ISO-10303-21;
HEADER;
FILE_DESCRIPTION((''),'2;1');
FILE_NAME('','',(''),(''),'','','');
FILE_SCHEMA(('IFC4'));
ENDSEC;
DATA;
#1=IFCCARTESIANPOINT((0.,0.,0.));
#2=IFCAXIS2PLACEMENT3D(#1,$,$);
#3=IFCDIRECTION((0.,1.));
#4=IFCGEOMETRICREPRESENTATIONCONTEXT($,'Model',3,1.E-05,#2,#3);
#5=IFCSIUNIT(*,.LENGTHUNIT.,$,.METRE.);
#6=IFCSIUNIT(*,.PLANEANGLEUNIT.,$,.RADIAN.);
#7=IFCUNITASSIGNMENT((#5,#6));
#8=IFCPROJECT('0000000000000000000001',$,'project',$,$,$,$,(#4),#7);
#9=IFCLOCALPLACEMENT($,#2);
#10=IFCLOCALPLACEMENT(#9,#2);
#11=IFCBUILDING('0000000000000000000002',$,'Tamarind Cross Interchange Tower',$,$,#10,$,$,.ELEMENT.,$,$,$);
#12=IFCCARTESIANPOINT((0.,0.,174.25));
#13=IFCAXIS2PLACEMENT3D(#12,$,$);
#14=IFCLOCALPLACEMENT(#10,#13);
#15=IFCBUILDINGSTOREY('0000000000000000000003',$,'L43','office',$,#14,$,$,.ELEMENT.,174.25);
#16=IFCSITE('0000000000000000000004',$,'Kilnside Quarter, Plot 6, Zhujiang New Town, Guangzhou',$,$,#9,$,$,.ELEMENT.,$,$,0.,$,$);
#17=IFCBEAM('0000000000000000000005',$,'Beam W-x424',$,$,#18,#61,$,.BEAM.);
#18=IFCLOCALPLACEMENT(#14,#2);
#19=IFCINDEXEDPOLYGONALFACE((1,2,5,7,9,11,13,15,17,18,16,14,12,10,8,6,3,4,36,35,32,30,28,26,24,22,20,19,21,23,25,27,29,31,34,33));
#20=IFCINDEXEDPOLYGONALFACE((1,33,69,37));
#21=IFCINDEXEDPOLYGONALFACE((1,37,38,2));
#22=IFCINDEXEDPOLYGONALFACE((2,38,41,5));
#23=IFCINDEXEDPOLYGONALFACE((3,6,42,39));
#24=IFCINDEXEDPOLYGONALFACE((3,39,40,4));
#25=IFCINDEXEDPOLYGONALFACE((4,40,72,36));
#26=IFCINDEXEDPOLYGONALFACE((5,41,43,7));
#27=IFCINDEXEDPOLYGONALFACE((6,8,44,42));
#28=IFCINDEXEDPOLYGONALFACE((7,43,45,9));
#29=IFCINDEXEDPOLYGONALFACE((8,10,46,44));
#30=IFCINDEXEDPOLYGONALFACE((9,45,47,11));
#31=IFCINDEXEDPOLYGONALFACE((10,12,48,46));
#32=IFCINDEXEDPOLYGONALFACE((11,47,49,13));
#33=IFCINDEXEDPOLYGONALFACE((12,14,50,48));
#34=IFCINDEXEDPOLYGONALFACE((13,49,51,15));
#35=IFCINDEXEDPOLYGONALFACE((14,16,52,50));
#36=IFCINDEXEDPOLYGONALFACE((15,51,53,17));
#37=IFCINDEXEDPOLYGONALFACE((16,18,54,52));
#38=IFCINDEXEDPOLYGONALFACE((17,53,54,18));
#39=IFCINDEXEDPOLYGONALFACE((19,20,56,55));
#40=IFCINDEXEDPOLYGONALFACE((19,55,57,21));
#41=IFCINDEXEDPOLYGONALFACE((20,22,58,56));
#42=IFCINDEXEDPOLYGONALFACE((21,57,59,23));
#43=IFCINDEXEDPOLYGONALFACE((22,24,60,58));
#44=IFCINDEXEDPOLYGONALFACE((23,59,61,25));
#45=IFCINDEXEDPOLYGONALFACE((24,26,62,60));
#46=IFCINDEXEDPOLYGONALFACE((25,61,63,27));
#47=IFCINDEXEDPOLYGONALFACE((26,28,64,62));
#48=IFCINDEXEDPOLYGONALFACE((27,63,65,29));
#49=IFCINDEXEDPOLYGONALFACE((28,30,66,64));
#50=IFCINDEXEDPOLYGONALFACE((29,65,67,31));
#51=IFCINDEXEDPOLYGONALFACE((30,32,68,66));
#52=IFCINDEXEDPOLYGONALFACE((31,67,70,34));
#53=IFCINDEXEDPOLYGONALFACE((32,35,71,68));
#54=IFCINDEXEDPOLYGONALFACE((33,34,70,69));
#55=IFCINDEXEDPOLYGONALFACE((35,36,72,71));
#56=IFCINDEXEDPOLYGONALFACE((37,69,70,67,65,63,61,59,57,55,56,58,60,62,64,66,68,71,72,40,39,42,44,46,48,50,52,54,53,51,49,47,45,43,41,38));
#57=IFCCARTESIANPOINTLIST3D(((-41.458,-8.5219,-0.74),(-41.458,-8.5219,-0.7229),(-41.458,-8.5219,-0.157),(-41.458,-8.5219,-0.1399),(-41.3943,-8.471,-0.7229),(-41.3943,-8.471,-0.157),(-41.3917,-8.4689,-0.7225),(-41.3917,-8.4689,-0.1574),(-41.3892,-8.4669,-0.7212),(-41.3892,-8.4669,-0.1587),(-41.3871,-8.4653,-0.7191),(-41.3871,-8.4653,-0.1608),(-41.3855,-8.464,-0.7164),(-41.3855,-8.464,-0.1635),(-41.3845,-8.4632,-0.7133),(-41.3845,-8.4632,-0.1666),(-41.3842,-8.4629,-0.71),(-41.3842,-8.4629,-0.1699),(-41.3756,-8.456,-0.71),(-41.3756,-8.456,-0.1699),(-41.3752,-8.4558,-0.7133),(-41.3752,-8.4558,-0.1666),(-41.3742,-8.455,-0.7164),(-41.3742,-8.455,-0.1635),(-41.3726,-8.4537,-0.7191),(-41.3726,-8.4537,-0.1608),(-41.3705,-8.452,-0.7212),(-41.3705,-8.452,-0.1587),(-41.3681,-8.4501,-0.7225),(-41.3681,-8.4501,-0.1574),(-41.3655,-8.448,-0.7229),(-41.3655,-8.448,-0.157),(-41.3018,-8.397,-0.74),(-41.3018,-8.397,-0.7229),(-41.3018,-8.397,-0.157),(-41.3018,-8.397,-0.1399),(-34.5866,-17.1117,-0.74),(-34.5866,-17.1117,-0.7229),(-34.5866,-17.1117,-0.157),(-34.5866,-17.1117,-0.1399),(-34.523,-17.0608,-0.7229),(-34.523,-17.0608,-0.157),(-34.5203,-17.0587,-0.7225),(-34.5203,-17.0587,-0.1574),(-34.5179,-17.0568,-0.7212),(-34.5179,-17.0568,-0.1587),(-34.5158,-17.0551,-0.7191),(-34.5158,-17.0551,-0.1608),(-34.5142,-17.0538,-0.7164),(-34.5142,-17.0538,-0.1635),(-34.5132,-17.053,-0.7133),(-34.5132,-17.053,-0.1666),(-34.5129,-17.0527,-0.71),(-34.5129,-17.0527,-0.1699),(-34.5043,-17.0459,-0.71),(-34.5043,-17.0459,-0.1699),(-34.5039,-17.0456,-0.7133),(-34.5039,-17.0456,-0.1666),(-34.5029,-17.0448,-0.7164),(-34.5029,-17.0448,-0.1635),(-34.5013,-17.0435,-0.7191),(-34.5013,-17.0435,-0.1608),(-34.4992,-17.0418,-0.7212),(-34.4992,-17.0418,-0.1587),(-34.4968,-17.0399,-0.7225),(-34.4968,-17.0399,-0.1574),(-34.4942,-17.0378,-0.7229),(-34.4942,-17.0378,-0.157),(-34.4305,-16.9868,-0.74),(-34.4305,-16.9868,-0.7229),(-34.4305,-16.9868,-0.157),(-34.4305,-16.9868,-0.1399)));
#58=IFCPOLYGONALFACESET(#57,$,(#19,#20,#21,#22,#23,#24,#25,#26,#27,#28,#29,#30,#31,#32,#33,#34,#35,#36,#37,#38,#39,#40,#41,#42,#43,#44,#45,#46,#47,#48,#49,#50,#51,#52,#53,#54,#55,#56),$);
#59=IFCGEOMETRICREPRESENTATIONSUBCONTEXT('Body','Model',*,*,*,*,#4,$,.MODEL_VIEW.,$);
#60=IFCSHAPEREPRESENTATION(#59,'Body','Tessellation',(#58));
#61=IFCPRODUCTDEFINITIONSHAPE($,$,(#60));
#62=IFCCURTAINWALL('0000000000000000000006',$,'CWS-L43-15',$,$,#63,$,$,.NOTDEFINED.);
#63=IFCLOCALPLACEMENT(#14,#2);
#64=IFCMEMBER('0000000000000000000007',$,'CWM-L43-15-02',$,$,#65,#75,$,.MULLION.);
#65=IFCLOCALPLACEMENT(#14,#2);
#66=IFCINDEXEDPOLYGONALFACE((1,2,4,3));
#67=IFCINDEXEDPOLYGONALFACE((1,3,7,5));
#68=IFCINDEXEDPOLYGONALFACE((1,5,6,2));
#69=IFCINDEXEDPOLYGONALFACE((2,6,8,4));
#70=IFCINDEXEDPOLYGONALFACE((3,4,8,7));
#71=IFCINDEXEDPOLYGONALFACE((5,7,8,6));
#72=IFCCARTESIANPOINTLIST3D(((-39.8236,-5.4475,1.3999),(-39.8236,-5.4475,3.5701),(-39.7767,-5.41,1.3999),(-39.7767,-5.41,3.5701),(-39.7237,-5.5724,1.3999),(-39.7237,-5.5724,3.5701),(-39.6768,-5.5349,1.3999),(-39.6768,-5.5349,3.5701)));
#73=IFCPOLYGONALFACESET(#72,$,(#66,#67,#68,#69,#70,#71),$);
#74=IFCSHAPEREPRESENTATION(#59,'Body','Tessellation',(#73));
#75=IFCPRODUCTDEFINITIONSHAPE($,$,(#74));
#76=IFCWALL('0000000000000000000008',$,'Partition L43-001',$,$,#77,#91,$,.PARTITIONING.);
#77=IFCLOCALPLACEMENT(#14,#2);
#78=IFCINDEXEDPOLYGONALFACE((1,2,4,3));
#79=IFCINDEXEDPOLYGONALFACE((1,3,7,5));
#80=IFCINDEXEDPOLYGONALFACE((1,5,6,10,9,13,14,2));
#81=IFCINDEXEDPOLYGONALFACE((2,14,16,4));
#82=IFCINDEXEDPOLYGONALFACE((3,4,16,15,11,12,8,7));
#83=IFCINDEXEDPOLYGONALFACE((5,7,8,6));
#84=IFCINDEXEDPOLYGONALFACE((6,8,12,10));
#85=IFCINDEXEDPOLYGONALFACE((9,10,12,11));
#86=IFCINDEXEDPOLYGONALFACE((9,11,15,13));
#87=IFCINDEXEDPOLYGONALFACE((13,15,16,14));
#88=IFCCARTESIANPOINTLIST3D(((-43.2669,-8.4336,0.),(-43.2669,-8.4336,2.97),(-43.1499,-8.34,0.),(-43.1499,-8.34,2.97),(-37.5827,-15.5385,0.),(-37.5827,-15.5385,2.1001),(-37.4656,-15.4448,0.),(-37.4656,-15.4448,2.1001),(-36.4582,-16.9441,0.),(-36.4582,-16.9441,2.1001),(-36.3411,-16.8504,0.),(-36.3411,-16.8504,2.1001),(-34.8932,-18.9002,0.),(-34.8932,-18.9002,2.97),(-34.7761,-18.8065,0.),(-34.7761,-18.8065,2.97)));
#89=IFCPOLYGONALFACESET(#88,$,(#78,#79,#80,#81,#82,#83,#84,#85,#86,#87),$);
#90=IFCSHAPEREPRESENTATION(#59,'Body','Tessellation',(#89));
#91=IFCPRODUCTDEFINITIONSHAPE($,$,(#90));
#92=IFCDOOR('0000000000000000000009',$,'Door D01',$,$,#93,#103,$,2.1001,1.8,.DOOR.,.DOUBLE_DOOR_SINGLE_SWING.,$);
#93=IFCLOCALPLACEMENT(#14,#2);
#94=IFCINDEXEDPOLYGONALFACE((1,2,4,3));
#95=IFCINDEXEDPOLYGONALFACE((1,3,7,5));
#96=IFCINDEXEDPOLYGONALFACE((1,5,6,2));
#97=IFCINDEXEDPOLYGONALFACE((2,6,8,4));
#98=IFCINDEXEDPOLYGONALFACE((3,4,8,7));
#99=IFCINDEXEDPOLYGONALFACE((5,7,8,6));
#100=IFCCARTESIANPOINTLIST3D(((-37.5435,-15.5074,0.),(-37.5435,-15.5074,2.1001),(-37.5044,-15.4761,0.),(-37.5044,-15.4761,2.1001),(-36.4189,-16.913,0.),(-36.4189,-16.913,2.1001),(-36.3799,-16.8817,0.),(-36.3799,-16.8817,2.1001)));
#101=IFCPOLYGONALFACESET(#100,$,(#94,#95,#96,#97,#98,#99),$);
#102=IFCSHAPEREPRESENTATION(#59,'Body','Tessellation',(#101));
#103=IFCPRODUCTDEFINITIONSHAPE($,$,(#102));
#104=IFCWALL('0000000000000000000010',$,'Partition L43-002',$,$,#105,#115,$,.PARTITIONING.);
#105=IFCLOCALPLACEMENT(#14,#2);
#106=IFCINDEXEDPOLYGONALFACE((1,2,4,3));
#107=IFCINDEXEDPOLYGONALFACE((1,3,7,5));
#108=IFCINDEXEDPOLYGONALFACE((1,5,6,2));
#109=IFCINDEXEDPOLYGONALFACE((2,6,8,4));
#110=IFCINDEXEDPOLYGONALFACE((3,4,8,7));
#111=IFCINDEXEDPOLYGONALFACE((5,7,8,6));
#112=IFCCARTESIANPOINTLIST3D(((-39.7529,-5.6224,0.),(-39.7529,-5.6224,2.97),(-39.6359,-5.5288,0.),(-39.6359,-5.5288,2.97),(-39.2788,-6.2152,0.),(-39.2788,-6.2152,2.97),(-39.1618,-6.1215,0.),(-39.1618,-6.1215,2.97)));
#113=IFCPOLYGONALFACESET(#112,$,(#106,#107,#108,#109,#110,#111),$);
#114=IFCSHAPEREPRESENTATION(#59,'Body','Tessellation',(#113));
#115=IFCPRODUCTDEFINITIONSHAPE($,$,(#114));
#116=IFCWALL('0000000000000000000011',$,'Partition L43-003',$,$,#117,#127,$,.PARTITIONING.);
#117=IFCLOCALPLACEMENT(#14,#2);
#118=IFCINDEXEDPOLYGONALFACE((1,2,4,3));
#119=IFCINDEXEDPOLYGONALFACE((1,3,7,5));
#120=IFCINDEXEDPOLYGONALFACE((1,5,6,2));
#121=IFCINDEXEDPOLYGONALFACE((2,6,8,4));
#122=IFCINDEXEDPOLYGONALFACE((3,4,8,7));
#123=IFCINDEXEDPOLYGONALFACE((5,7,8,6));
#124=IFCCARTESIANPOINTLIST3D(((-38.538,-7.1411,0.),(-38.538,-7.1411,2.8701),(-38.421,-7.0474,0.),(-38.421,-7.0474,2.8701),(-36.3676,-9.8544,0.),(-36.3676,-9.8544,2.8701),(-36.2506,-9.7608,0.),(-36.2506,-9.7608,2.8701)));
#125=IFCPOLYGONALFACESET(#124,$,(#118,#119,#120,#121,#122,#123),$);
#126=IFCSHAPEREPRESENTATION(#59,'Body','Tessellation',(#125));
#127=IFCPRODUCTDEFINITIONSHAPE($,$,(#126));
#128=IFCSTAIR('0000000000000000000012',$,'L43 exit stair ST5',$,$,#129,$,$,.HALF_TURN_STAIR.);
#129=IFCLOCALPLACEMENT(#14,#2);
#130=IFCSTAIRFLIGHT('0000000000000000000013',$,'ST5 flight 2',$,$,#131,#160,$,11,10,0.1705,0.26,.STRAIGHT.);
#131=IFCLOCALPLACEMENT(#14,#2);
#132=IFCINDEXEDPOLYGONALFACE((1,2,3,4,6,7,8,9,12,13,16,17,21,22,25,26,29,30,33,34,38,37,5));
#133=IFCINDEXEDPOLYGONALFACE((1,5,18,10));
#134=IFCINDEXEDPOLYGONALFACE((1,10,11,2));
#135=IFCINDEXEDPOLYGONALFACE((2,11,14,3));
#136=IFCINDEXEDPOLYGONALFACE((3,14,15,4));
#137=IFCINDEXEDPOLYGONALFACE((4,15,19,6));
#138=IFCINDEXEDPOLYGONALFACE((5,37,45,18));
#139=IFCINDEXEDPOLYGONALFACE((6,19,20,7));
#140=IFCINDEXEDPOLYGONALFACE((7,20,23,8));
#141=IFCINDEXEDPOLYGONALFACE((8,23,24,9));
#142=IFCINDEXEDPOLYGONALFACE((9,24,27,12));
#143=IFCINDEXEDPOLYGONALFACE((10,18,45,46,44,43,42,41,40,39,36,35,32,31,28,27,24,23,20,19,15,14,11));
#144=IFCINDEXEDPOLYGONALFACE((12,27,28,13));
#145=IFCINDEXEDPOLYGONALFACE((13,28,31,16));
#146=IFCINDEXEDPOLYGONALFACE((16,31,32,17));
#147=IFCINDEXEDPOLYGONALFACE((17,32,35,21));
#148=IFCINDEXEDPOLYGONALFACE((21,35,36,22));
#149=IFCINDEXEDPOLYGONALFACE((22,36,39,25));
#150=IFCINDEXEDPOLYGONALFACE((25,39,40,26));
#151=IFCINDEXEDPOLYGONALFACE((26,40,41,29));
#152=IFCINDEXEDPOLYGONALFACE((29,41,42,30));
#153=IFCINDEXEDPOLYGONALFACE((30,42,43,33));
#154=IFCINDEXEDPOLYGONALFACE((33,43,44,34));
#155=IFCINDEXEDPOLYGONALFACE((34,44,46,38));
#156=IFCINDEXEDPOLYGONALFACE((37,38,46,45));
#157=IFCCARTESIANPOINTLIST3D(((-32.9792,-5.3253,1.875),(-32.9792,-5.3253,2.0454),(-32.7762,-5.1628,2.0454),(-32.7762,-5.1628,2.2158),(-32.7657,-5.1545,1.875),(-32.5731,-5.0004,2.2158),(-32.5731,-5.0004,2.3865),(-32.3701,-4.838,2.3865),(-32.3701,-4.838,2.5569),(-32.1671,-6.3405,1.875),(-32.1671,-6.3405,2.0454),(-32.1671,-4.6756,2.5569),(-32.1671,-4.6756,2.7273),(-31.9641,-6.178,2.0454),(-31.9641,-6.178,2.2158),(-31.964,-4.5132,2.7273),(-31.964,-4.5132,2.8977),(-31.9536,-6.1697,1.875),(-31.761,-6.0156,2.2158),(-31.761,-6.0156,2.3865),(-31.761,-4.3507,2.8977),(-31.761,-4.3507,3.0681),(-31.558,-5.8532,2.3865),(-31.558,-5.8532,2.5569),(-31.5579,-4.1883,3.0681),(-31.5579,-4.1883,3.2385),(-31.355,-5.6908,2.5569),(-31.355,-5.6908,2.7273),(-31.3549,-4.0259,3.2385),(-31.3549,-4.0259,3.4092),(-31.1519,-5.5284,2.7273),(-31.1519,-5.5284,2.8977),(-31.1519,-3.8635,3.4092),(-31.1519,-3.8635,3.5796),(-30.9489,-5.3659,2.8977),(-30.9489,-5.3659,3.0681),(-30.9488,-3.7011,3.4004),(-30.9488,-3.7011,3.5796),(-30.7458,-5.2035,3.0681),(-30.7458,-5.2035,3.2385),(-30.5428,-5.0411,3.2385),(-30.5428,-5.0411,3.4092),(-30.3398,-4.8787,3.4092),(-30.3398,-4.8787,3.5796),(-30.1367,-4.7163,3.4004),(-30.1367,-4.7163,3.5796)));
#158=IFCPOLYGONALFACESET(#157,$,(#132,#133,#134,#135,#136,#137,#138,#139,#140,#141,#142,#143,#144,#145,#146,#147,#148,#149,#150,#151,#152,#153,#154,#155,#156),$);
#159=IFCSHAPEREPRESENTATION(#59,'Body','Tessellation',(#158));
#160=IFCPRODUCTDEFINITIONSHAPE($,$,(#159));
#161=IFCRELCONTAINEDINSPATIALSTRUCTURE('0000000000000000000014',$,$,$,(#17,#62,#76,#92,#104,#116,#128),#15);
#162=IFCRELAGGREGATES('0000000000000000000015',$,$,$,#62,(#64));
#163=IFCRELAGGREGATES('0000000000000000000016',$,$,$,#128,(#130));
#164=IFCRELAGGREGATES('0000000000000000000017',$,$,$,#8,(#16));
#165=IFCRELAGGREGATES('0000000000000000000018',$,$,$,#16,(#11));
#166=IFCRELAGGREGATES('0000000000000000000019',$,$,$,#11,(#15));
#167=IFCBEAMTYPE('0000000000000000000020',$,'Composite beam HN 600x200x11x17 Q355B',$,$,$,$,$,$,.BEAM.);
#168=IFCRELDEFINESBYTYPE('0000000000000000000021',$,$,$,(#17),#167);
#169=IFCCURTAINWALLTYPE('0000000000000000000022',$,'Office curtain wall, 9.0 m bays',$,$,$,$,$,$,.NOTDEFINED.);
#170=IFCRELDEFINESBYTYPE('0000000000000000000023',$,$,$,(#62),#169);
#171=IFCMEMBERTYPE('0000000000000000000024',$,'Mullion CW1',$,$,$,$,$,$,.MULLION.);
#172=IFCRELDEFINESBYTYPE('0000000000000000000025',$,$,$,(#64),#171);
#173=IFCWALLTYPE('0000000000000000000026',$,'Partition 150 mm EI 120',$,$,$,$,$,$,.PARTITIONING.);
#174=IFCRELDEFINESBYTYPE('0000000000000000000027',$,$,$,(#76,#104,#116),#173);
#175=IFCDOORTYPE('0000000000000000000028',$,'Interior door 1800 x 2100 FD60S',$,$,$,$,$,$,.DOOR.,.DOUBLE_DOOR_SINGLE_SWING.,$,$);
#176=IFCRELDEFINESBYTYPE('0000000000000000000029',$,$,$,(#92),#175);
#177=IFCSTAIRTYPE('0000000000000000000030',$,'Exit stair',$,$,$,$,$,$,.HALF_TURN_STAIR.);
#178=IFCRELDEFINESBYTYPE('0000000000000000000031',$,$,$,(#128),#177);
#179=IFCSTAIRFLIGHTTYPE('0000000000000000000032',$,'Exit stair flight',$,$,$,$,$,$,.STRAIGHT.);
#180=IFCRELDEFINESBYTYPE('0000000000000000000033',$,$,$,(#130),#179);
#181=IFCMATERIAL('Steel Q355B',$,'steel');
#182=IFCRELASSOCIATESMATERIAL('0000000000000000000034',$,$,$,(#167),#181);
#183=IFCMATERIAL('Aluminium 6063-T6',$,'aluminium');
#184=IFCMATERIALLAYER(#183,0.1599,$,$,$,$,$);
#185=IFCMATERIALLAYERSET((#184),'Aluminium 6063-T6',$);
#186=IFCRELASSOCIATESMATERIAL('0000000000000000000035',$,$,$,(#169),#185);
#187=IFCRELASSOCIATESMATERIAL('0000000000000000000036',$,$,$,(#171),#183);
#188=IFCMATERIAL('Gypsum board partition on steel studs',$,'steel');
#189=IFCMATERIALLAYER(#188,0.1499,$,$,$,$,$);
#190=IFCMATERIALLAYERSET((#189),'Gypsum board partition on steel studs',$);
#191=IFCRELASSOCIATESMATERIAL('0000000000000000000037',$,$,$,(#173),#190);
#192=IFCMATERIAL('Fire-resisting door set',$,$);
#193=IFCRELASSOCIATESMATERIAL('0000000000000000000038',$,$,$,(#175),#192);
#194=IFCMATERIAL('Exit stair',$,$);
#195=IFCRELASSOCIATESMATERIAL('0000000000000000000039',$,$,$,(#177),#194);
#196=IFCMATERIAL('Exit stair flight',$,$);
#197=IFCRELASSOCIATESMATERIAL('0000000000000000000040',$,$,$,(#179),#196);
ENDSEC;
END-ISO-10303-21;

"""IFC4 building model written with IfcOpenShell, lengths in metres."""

from ifc_helpers import new_model, si_unit, direction, frame, frame_2d, origin, origin_2d, place, context, subcontext, project, spatial, polyline, rectangle, i_section, outline, extrude, material, layer, layer_set, material_profile, profile_set, type_object, element, fill, aggregate, save


model = new_model("IFC4")

# Units and contexts
model_context = context("Model", 3, precision=1e-05, world=origin(), true_north=direction((0.0, 1.0)))
body_context = subcontext(model_context, "Body", "Model", "MODEL_VIEW")
ifc_project = project(units=[si_unit("LENGTHUNIT", "METRE"), si_unit("PLANEANGLEUNIT", "RADIAN")], contexts=[model_context])

# Site, building, storey
site_placement = place(None, origin())
site = spatial("IfcSite", under=ifc_project, at=site_placement, Name="Kilnside Quarter, Plot 6, Zhujiang New Town, Guangzhou", CompositionType="ELEMENT", RefElevation=0.0)
building_placement = place(site_placement, origin())
building = spatial("IfcBuilding", under=site, at=building_placement, Name="Tamarind Cross Interchange Tower", CompositionType="ELEMENT")
storey_placement = place(building_placement, frame((0.0, 0.0, 174.25)))
storey = spatial("IfcBuildingStorey", under=building, at=storey_placement, Name="L43", Description="office", CompositionType="ELEMENT", Elevation=174.25)

# Beam
ifc_material_1 = material(Name="Steel Q355B", Category="steel")
ifc_material_profile_1 = material_profile(ifc_material_1, i_section(OverallWidth=0.2, OverallDepth=0.6001, WebThickness=0.011, FlangeThickness=0.0171, FilletRadius=0.0129, at=origin_2d()), Name="HN 600x200x11x17")
ifc_profile_set_1 = profile_set([ifc_material_profile_1], Name="Steel Q355B")
beam_type_1 = type_object("IfcBeamType", Name="Composite beam HN 600x200x11x17 Q355B", PredefinedType="BEAM", material=ifc_profile_set_1)
for number, where, z_axis, x_axis, name in (
    (1, (-41.3799, -8.4595, -0.4399), (0.624665, -0.780893, 0.0), (0.780893, 0.624665, 0.0), "Beam W-x424"),
):
    element("IfcBeam", number, at=place(storey_placement, frame(where, z_axis=z_axis, x_axis=x_axis)), inside=storey, type_object=beam_type_1, Name=name, PredefinedType="BEAM", context=body_context, shape_type="SweptSolid", body=[
        extrude(i_section(OverallWidth=0.2, OverallDepth=0.6001, WebThickness=0.011, FlangeThickness=0.0171, FilletRadius=0.0129, at=origin_2d()), origin(), (0.0, 0.0, 1.0), 11.0),
    ])

# Curtain wall, member
ifc_material_2 = material(Name="Aluminium 6063-T6", Category="aluminium")
ifc_layer_1 = layer(ifc_material_2, 0.1599)
ifc_layer_set_1 = layer_set([ifc_layer_1], Name="Aluminium 6063-T6")
curtain_wall_type = type_object("IfcCurtainWallType", Name="Office curtain wall, 9.0 m bays", PredefinedType="NOTDEFINED", material=ifc_layer_set_1)
curtain_wall_placement = place(storey_placement, origin())
curtain_wall = element("IfcCurtainWall", 2, at=curtain_wall_placement, inside=storey, type_object=curtain_wall_type, Name="CWS-L43-15", PredefinedType="NOTDEFINED")
ifc_material_profile_2 = material_profile(ifc_material_2, rectangle(XDim=0.0601, YDim=0.1599, at=origin_2d()), Name="Mullion CW1")
ifc_profile_set_2 = profile_set([ifc_material_profile_2], Name="Aluminium 6063-T6")
member_type = type_object("IfcMemberType", Name="Mullion CW1", PredefinedType="MULLION", material=ifc_profile_set_2)
member_placement = place(storey_placement, frame((-39.7502, -5.4912, 1.3999), z_axis=(0.0, 0.0, 1.0), x_axis=(-0.780893, -0.624665, 0.0)))
member = element("IfcMember", 3, at=member_placement, type_object=member_type, Name="CWM-L43-15-02", PredefinedType="MULLION", context=body_context, shape_type="SweptSolid", body=[
    extrude(rectangle(XDim=0.0601, YDim=0.1599, at=origin_2d()), origin(), (0.0, 0.0, 1.0), 2.1702),
])
aggregate(curtain_wall, [member])

# Wall, opening, door
ifc_material_3 = material(Name="Gypsum board partition on steel studs", Category="steel")
ifc_layer_2 = layer(ifc_material_3, 0.1499)
ifc_layer_set_2 = layer_set([ifc_layer_2], Name="Gypsum board partition on steel studs")
wall_type = type_object("IfcWallType", Name="Partition 150 mm EI 120", PredefinedType="PARTITIONING", material=ifc_layer_set_2)
wall_1_placement = place(storey_placement, frame((-43.2085, -8.3867, 0.0), z_axis=(0.0, 0.0, 1.0), x_axis=(0.624719, -0.780849, 0.0)))
wall_1 = element("IfcWall", 4, at=wall_1_placement, inside=storey, type_object=wall_type, Name="Partition L43-001", PredefinedType="PARTITIONING", context=body_context, shape_type="SweptSolid", body=[
    extrude(rectangle(XDim=13.4041, YDim=0.1499, at=frame_2d((6.7021, 0.0))), origin(), (0.0, 0.0, 1.0), 2.97),
])
opening_placement = place(wall_1_placement, frame((9.0991, 0.0, 0.0)))
opening = element("IfcOpeningElement", 5, at=opening_placement, cuts=wall_1, PredefinedType="OPENING", context=body_context, shape_type="SweptSolid", body=[
    extrude(rectangle(XDim=1.8, YDim=2.1001, at=frame_2d((0.8999, 1.05))), frame((0.0, 0.085, 0.0), z_axis=(0.0, -1.0, 0.0), x_axis=(1.0, 0.0, 0.0)), (0.0, 0.0, 1.0), 0.1699),
])
ifc_material_4 = material(Name="Fire-resisting door set")
door_type = type_object("IfcDoorType", Name="Interior door 1800 x 2100 FD60S", OperationType="DOUBLE_DOOR_SINGLE_SWING", PredefinedType="DOOR", material=ifc_material_4)
door_placement = place(opening_placement, frame((1.8, 0.0, 0.0), z_axis=(0.0, 0.0, 1.0), x_axis=(-1.0, 0.0, 0.0)))
door = element("IfcDoor", 6, at=door_placement, inside=storey, type_object=door_type, Name="Door D01", OperationType="DOUBLE_DOOR_SINGLE_SWING", OverallHeight=2.1001, OverallWidth=1.8, PredefinedType="DOOR", context=body_context, shape_type="SweptSolid", body=[
    extrude(rectangle(XDim=1.8, YDim=2.1001, at=frame_2d((0.8999, 1.05))), frame((0.0, 0.0249, 0.0), z_axis=(0.0, -1.0, 0.0), x_axis=(1.0, 0.0, 0.0)), (0.0, 0.0, 1.0), 0.05),
])
fill(opening, door)

# Walls
wall_2_placement = place(storey_placement, frame((-39.6943, -5.5757, 0.0), z_axis=(0.0, 0.0, 1.0), x_axis=(0.624617, -0.780932, 0.0)))
element("IfcWall", 7, at=wall_2_placement, inside=storey, type_object=wall_type, Name="Partition L43-002", PredefinedType="PARTITIONING", context=body_context, shape_type="SweptSolid", body=[
    extrude(rectangle(XDim=0.759, YDim=0.1499, at=frame_2d((0.3794, 0.0))), origin(), (0.0, 0.0, 1.0), 2.97),
])
wall_3_placement = place(storey_placement, frame((-38.4795, -7.0942, 0.0), z_axis=(0.0, 0.0, 1.0), x_axis=(0.624644, -0.78091, 0.0)))
element("IfcWall", 8, at=wall_3_placement, inside=storey, type_object=wall_type, Name="Partition L43-003", PredefinedType="PARTITIONING", context=body_context, shape_type="SweptSolid", body=[
    extrude(rectangle(XDim=3.4746, YDim=0.1499, at=frame_2d((1.7373, 0.0))), origin(), (0.0, 0.0, 1.0), 2.8701),
])

# Stair, stair flight
ifc_material_5 = material(Name="Exit stair")
stair_type = type_object("IfcStairType", Name="Exit stair", PredefinedType="HALF_TURN_STAIR", material=ifc_material_5)
stair_placement = place(storey_placement, origin())
stair = element("IfcStair", 9, at=stair_placement, inside=storey, type_object=stair_type, Name="L43 exit stair ST5", PredefinedType="HALF_TURN_STAIR")
ifc_material_6 = material(Name="Exit stair flight")
stair_flight_type = type_object("IfcStairFlightType", Name="Exit stair flight", PredefinedType="STRAIGHT", material=ifc_material_6)
stair_flight_placement = place(storey_placement, frame((-32.5732, -5.8328, 1.875), z_axis=(0.0, 0.0, 1.0), x_axis=(0.780893, 0.624665, 0.0)))
stair_flight = element("IfcStairFlight", 10, at=stair_flight_placement, type_object=stair_flight_type, Name="ST5 flight 2", NumberOfRisers=11, NumberOfTreads=10, PredefinedType="STRAIGHT", RiserHeight=0.1705, TreadLength=0.26, context=body_context, shape_type="SweptSolid", body=[
    extrude(outline(polyline([(0.0, 0.0), (0.0, 0.1704), (0.26, 0.1704), (0.26, 0.3408), (0.52, 0.3408), (0.52, 0.5115), (0.78, 0.5115), (0.78, 0.6819), (1.04, 0.6819), (1.04, 0.8523), (1.3, 0.8523), (1.3, 1.0227), (1.5601, 1.0227), (1.5601, 1.1931), (1.8201, 1.1931), (1.8201, 1.3635), (2.0801, 1.3635), (2.0801, 1.5342), (2.3401, 1.5342), (2.3401, 1.7046), (2.6001, 1.7046), (2.6001, 1.875), (2.6001, 1.5254), (0.2734, 0.0), (0.0, 0.0)])), frame((0.0, 0.6499, 0.0), z_axis=(0.0, -1.0, 0.0), x_axis=(1.0, 0.0, 0.0)), (0.0, 0.0, 1.0), 1.3),
])
aggregate(stair, [stair_flight])

save(model, "model.ifc")
